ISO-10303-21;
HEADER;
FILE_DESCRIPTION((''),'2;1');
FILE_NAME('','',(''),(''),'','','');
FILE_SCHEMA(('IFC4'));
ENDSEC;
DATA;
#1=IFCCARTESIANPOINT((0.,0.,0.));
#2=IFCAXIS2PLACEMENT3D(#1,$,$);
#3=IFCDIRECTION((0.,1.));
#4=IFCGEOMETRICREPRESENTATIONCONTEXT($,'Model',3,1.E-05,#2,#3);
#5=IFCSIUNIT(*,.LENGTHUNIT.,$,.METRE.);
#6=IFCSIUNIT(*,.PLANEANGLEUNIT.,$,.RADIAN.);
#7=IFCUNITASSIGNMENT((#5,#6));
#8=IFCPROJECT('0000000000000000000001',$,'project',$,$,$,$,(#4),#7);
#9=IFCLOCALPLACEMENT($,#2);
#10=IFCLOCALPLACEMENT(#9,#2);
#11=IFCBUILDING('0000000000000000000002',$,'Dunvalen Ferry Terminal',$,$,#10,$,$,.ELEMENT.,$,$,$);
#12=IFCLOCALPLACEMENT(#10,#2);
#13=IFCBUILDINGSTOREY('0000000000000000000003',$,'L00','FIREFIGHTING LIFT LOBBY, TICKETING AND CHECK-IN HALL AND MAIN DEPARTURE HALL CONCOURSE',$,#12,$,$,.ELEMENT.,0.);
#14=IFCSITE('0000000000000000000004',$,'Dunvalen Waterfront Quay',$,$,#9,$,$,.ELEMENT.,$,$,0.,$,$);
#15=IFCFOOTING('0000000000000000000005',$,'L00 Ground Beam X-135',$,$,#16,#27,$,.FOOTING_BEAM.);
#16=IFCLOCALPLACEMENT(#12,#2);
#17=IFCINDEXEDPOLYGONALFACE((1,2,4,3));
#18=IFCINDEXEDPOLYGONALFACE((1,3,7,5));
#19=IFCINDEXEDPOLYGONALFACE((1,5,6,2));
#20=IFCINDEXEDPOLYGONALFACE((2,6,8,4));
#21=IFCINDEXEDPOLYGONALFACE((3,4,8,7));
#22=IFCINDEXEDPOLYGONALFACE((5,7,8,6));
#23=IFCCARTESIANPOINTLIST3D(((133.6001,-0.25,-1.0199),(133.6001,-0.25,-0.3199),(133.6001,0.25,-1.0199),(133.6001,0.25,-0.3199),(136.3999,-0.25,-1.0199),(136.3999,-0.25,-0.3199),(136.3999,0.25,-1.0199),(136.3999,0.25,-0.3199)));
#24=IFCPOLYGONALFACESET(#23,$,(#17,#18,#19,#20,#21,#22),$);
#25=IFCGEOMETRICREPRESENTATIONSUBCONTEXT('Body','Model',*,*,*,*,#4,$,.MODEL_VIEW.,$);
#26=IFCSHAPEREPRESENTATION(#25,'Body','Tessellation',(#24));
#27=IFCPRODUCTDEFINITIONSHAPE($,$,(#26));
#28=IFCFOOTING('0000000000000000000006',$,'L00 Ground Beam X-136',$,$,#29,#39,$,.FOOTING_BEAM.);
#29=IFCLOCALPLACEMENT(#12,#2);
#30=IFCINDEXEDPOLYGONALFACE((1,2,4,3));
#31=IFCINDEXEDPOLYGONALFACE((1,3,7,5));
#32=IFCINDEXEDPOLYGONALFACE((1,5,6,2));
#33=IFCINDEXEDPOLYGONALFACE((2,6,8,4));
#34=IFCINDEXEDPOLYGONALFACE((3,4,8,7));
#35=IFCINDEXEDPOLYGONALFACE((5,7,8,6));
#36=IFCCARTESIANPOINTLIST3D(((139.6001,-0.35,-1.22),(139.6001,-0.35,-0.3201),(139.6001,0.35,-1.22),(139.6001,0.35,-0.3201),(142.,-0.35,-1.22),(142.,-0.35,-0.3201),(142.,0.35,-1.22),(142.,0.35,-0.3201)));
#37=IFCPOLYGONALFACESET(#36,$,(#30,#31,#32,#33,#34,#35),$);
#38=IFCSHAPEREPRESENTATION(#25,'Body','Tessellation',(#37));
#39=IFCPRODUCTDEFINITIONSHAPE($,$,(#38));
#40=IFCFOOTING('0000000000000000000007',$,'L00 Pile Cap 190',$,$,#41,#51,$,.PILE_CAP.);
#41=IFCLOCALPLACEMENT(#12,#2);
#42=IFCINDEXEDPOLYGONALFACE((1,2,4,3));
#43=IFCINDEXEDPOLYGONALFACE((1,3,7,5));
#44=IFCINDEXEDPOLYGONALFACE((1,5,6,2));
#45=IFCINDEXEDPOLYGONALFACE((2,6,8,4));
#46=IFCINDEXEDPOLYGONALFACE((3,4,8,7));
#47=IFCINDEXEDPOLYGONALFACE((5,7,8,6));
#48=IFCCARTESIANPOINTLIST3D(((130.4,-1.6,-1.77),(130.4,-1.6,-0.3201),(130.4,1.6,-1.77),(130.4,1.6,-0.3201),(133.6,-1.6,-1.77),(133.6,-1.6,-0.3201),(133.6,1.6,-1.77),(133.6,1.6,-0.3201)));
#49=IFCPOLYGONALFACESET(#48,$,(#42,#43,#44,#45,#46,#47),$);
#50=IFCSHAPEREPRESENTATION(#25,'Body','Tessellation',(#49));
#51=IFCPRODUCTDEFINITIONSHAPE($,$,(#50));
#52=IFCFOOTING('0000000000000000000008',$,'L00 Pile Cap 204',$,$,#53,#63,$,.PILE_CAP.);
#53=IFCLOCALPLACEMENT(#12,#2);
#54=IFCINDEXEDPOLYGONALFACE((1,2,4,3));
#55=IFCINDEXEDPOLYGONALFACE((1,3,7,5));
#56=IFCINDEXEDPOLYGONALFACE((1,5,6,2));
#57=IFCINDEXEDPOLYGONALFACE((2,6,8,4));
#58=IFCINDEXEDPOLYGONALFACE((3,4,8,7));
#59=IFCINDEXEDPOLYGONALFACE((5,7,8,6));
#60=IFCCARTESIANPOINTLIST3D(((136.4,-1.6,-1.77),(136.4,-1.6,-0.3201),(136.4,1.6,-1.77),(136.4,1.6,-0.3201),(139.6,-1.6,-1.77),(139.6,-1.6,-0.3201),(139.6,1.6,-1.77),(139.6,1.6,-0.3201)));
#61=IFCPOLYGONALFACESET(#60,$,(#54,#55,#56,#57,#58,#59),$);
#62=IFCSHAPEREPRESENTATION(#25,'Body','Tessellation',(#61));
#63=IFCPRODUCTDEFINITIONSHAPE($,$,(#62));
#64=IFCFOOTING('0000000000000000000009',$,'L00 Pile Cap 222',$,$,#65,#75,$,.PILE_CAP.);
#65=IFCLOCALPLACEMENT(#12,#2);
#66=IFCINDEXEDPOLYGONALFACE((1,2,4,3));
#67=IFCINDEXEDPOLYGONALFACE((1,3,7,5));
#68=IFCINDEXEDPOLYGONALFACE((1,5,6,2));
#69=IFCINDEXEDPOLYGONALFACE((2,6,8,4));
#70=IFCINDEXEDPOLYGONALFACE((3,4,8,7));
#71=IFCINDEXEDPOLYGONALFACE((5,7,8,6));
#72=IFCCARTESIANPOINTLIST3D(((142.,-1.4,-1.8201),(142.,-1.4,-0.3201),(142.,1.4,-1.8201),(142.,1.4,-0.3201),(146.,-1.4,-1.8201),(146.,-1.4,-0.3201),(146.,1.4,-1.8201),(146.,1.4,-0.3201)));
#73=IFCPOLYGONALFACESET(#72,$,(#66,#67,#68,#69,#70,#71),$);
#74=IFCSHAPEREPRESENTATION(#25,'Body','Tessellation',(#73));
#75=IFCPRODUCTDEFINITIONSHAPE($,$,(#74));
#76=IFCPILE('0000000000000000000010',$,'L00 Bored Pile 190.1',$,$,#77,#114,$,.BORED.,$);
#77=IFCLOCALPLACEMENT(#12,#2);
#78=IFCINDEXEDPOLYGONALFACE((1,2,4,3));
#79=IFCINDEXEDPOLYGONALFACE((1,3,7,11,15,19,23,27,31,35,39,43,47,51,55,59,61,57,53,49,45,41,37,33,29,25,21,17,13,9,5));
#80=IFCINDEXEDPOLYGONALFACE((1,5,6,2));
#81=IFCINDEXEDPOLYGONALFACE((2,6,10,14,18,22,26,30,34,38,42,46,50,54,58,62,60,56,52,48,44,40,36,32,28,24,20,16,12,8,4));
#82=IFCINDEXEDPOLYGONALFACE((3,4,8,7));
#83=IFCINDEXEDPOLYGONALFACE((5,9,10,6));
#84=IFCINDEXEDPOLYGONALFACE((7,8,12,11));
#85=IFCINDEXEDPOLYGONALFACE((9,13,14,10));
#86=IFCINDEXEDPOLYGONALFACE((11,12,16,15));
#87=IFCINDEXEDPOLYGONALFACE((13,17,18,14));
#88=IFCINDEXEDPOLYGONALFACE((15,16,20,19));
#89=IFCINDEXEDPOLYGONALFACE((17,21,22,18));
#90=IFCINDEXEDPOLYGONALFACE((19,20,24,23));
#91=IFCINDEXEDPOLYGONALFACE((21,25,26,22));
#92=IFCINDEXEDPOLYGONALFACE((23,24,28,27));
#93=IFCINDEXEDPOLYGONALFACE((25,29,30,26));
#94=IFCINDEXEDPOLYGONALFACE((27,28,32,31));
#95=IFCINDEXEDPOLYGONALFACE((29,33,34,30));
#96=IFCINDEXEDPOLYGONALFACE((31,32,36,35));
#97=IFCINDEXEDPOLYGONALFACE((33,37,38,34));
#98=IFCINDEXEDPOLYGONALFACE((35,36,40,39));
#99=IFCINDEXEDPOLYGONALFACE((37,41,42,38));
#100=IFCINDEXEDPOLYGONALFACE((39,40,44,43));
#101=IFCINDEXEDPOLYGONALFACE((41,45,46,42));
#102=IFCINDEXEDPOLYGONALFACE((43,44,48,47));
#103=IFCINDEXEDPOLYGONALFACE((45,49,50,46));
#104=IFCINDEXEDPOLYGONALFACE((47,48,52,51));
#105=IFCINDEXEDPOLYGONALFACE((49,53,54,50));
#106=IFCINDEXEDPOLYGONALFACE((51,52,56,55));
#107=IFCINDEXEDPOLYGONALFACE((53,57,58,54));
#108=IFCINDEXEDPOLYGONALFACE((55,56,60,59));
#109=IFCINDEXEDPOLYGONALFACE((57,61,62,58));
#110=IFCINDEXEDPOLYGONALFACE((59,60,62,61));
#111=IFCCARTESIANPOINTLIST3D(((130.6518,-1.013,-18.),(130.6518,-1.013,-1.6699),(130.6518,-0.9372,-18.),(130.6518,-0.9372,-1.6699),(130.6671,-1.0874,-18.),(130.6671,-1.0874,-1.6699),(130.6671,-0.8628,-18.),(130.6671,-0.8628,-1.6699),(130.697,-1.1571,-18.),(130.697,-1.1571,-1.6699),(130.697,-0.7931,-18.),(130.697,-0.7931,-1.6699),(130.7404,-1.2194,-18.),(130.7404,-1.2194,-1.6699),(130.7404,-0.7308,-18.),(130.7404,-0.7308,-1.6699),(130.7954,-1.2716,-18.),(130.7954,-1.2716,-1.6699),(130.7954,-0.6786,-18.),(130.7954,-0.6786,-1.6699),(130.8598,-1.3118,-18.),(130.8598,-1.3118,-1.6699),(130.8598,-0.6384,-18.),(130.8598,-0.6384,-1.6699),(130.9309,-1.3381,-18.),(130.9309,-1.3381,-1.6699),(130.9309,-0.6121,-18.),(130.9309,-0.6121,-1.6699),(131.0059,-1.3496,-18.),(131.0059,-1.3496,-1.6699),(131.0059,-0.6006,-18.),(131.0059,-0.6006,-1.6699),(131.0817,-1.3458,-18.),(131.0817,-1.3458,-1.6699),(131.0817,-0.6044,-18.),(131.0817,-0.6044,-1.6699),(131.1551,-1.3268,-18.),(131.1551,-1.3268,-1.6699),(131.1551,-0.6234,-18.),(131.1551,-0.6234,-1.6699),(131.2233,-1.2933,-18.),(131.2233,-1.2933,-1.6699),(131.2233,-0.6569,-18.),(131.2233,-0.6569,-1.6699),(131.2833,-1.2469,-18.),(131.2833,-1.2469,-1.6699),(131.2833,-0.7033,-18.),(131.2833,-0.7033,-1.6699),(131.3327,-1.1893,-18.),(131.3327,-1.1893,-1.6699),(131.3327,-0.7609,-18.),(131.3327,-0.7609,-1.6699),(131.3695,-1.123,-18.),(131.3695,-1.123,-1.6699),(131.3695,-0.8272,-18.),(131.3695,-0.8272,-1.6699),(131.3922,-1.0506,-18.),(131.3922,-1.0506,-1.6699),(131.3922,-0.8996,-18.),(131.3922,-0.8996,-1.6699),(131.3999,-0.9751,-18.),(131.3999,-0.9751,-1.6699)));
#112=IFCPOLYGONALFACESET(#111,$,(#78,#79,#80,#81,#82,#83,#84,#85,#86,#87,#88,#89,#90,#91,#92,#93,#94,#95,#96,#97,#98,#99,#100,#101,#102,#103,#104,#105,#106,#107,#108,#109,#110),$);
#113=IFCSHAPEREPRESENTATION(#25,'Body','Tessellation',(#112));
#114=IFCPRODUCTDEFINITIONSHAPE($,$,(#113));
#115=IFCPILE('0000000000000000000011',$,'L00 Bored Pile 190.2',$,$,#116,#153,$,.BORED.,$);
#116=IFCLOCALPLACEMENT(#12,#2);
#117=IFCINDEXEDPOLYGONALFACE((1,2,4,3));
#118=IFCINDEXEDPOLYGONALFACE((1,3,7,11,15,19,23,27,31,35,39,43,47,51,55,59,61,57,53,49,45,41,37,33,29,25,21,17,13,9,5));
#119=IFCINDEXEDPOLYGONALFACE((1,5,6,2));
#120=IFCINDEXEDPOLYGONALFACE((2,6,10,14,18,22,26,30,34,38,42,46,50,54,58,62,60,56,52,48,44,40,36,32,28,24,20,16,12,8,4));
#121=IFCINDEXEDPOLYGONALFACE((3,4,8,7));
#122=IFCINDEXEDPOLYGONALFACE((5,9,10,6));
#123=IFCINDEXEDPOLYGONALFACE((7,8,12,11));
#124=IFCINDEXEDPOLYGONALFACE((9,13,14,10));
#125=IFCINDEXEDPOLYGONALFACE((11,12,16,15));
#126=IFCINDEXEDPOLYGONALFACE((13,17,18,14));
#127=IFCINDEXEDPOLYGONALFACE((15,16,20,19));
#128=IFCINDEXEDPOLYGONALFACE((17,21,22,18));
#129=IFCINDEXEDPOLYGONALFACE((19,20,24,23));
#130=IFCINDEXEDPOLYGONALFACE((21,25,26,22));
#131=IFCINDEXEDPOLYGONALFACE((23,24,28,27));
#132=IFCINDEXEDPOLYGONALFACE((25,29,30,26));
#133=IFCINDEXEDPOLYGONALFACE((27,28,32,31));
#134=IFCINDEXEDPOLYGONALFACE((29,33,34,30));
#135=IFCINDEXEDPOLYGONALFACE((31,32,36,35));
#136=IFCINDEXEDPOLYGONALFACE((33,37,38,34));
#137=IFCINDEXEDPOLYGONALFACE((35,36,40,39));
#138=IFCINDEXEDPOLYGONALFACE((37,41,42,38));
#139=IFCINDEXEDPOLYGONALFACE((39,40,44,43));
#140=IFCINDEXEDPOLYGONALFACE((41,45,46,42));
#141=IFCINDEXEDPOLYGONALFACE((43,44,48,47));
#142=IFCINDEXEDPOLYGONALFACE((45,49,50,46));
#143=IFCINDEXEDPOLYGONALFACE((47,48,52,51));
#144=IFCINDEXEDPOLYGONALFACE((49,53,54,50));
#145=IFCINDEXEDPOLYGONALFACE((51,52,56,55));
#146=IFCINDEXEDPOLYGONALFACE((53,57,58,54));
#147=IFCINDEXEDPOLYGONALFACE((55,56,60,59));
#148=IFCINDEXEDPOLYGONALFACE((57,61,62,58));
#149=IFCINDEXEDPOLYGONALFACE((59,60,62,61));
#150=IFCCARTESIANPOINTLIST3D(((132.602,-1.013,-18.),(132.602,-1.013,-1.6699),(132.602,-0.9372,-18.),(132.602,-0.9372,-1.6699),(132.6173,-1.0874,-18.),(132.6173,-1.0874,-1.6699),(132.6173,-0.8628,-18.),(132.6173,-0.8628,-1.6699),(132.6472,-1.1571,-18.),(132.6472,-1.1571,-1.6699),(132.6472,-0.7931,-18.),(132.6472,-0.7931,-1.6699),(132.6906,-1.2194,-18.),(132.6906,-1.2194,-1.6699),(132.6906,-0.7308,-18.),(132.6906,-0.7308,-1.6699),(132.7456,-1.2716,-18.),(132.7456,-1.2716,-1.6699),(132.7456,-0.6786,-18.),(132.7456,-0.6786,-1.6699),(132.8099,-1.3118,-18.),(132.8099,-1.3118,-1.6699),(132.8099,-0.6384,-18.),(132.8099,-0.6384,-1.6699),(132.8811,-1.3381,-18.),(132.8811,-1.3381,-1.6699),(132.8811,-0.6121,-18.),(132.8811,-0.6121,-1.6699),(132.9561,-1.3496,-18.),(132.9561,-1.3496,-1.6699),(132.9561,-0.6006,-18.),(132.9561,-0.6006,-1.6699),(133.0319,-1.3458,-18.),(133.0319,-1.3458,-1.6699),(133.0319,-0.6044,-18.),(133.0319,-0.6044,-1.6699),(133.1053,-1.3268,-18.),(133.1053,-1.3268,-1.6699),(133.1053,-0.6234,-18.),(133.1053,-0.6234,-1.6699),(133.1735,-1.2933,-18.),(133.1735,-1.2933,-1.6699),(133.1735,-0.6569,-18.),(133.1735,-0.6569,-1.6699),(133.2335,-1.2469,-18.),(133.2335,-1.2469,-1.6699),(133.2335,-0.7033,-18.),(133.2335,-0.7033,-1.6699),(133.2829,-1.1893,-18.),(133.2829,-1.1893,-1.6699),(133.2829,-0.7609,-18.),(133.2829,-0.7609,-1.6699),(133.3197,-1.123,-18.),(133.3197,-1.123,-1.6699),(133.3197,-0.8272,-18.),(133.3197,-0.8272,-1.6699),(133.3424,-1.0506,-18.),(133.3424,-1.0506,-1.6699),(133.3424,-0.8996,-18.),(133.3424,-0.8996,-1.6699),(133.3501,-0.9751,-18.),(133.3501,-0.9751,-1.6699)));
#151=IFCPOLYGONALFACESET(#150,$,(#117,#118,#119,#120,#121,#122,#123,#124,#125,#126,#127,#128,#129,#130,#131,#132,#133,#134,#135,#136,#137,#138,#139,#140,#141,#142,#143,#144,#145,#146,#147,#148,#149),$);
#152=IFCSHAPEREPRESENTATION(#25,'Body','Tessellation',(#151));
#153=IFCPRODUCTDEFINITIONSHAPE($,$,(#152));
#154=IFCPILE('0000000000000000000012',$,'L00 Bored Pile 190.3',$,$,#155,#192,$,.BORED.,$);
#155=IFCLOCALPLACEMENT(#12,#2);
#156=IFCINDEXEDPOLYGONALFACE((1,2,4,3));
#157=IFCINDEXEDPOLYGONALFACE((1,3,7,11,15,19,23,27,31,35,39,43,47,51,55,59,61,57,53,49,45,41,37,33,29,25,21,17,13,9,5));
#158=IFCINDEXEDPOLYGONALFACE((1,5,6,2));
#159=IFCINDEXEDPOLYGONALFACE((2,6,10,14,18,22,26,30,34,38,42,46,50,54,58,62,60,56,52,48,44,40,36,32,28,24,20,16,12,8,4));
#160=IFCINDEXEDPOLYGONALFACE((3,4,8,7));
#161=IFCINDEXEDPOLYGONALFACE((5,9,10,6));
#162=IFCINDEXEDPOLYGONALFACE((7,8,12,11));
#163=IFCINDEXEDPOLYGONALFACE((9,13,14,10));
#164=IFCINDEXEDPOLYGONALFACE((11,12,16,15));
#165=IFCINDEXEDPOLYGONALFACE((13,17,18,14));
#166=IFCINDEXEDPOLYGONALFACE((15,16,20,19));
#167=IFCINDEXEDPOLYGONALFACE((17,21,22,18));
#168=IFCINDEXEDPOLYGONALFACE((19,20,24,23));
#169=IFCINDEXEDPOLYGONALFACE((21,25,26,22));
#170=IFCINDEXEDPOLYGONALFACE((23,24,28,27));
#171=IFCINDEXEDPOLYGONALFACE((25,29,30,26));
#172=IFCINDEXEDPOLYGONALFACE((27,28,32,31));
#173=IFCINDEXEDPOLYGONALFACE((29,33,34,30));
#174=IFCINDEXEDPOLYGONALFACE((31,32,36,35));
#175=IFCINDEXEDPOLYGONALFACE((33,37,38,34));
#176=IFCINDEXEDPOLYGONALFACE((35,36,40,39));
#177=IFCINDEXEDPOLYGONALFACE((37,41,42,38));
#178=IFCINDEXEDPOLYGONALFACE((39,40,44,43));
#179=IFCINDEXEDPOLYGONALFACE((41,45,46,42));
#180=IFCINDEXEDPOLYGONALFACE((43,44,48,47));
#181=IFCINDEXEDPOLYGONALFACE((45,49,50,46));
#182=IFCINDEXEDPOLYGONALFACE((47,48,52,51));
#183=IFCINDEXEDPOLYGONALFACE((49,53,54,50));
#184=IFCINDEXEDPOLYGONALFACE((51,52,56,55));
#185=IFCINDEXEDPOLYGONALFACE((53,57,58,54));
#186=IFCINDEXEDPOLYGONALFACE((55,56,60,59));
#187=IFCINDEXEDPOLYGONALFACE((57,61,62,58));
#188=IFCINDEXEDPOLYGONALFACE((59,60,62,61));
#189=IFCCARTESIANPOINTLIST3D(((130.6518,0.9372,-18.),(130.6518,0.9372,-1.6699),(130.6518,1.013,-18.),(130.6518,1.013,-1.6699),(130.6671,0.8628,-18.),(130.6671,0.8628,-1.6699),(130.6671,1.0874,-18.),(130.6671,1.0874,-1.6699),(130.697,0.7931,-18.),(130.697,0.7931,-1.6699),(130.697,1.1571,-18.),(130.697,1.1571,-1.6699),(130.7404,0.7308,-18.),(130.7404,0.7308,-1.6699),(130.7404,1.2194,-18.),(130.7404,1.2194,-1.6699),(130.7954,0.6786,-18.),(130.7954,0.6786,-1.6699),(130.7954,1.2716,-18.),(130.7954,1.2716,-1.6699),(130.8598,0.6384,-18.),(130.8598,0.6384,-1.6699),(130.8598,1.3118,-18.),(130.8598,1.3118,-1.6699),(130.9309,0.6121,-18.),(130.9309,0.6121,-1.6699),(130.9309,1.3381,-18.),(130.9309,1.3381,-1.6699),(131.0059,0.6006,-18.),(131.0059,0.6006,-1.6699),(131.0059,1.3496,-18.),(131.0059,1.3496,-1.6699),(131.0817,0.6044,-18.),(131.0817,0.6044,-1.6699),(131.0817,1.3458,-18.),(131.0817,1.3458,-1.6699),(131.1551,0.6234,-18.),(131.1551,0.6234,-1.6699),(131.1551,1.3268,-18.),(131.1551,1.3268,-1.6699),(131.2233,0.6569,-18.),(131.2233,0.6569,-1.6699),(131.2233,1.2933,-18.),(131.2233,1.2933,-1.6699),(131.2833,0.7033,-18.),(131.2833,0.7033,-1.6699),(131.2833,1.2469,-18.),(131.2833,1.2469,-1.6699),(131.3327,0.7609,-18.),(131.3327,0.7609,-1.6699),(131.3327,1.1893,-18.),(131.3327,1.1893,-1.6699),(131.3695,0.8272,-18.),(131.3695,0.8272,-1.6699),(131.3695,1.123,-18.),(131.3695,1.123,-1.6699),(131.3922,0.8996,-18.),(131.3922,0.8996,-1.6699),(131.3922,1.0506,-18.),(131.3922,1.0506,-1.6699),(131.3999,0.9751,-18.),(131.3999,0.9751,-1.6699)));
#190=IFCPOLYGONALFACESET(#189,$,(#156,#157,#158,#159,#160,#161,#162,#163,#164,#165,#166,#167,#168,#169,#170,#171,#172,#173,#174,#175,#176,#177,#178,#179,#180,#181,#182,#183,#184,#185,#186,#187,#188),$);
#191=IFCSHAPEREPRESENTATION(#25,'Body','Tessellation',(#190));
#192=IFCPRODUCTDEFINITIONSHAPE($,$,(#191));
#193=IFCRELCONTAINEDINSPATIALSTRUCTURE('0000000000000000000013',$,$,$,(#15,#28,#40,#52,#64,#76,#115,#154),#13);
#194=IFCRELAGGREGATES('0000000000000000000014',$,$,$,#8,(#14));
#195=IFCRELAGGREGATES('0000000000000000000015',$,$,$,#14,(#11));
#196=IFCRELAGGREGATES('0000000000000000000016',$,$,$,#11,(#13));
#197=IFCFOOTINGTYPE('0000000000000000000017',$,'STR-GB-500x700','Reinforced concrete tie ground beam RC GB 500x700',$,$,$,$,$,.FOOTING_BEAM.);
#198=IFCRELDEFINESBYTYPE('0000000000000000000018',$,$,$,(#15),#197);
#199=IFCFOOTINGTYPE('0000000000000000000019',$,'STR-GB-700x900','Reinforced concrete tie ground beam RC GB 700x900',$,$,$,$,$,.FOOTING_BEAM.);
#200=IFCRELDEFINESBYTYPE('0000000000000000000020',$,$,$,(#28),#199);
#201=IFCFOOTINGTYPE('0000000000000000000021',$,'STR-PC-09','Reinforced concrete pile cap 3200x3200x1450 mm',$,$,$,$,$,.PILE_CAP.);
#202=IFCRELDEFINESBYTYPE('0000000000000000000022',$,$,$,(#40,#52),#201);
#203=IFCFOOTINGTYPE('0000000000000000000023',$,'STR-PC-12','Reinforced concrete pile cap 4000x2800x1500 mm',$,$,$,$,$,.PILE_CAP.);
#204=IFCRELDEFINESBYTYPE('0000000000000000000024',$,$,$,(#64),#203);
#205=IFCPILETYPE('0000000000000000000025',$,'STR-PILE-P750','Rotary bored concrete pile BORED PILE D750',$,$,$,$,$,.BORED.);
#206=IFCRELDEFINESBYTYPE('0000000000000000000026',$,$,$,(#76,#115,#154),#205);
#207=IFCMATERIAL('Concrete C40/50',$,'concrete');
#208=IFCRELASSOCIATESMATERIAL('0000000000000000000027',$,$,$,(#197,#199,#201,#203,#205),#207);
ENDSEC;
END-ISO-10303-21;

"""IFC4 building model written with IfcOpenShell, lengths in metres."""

from ifc_helpers import new_model, si_unit, direction, frame, origin, origin_2d, place, context, subcontext, project, spatial, rectangle, circle, extrude, material, material_profile, profile_set, type_object, element, save


model = new_model("IFC4")

# Units and contexts
model_context = context("Model", 3, precision=1e-05, world=origin(), true_north=direction((0.0, 1.0)))
body_context = subcontext(model_context, "Body", "Model", "MODEL_VIEW")
ifc_project = project(units=[si_unit("LENGTHUNIT", "METRE"), si_unit("PLANEANGLEUNIT", "RADIAN")], contexts=[model_context])

# Site, building, storey
site_placement = place(None, origin())
site = spatial("IfcSite", under=ifc_project, at=site_placement, Name="Dunvalen Waterfront Quay", CompositionType="ELEMENT", RefElevation=0.0)
building_placement = place(site_placement, origin())
building = spatial("IfcBuilding", under=site, at=building_placement, Name="Dunvalen Ferry Terminal", CompositionType="ELEMENT")
storey_placement = place(building_placement, origin())
storey = spatial("IfcBuildingStorey", under=building, at=storey_placement, Name="L00", Description="FIREFIGHTING LIFT LOBBY, TICKETING AND CHECK-IN HALL AND MAIN DEPARTURE HALL CONCOURSE", CompositionType="ELEMENT", Elevation=0.0)

# Footings
ifc_material_1 = material(Name="Concrete C40/50", Category="concrete")
ifc_material_profile_1 = material_profile(ifc_material_1, rectangle(XDim=0.5, YDim=0.7, at=origin_2d()), Name="Concrete C40/50")
ifc_profile_set_1 = profile_set([ifc_material_profile_1], Name="Concrete C40/50")
footing_type_1 = type_object("IfcFootingType", Name="STR-GB-500x700", Description="Reinforced concrete tie ground beam RC GB 500x700", PredefinedType="FOOTING_BEAM", material=ifc_profile_set_1)
footing_1_placement = place(storey_placement, frame((133.6001, 0.0, -0.6699), z_axis=(1.0, 0.0, 0.0), x_axis=(0.0, 1.0, 0.0)))
element("IfcFooting", 1, at=footing_1_placement, inside=storey, type_object=footing_type_1, Name="L00 Ground Beam X-135", PredefinedType="FOOTING_BEAM", context=body_context, shape_type="SweptSolid", body=[
    extrude(rectangle(XDim=0.5, YDim=0.7, at=origin_2d()), origin(), (0.0, 0.0, 1.0), 2.7998),
])
ifc_material_profile_2 = material_profile(ifc_material_1, rectangle(XDim=0.7, YDim=0.8999, at=origin_2d()), Name="Concrete C40/50")
ifc_profile_set_2 = profile_set([ifc_material_profile_2], Name="Concrete C40/50")
footing_type_2 = type_object("IfcFootingType", Name="STR-GB-700x900", Description="Reinforced concrete tie ground beam RC GB 700x900", PredefinedType="FOOTING_BEAM", material=ifc_profile_set_2)
footing_2_placement = place(storey_placement, frame((139.6001, 0.0, -0.77), z_axis=(1.0, 0.0, 0.0), x_axis=(0.0, 1.0, 0.0)))
element("IfcFooting", 2, at=footing_2_placement, inside=storey, type_object=footing_type_2, Name="L00 Ground Beam X-136", PredefinedType="FOOTING_BEAM", context=body_context, shape_type="SweptSolid", body=[
    extrude(rectangle(XDim=0.7, YDim=0.8999, at=origin_2d()), origin(), (0.0, 0.0, 1.0), 2.3999),
])
footing_type_3 = type_object("IfcFootingType", Name="STR-PC-09", Description="Reinforced concrete pile cap 3200x3200x1450 mm", PredefinedType="PILE_CAP", material=ifc_material_1)
for number, where, z_axis, x_axis, name in (
    (3, (132.0, 0.0, -1.77), (0.0, 0.0, 1.0), (1.0, 0.0, 0.0), "L00 Pile Cap 190"),
    (4, (138.0, 0.0, -1.77), (0.0, 0.0, 1.0), (1.0, 0.0, 0.0), "L00 Pile Cap 204"),
):
    element("IfcFooting", number, at=place(storey_placement, frame(where, z_axis=z_axis, x_axis=x_axis)), inside=storey, type_object=footing_type_3, Name=name, PredefinedType="PILE_CAP", context=body_context, shape_type="SweptSolid", body=[
        extrude(rectangle(XDim=3.2, YDim=3.2, at=origin_2d()), origin(), (0.0, 0.0, 1.0), 1.45),
    ])
footing_type_4 = type_object("IfcFootingType", Name="STR-PC-12", Description="Reinforced concrete pile cap 4000x2800x1500 mm", PredefinedType="PILE_CAP", material=ifc_material_1)
footing_3_placement = place(storey_placement, frame((144.0, 0.0, -1.8201), z_axis=(0.0, 0.0, 1.0), x_axis=(1.0, 0.0, 0.0)))
element("IfcFooting", 5, at=footing_3_placement, inside=storey, type_object=footing_type_4, Name="L00 Pile Cap 222", PredefinedType="PILE_CAP", context=body_context, shape_type="SweptSolid", body=[
    extrude(rectangle(XDim=4.0, YDim=2.8, at=origin_2d()), origin(), (0.0, 0.0, 1.0), 1.5),
])

# Piles
ifc_material_profile_3 = material_profile(ifc_material_1, circle(Radius=0.375, at=origin_2d()), Name="Concrete C40/50")
ifc_profile_set_3 = profile_set([ifc_material_profile_3], Name="Concrete C40/50")
pile_type = type_object("IfcPileType", Name="STR-PILE-P750", Description="Rotary bored concrete pile BORED PILE D750", PredefinedType="BORED", material=ifc_profile_set_3)
for number, where, z_axis, x_axis, name in (
    (6, (131.0249, -0.9751, -1.6699), (0.0, 0.0, -1.0), (1.0, 0.0, 0.0), "L00 Bored Pile 190.1"),
    (7, (132.9751, -0.9751, -1.6699), (0.0, 0.0, -1.0), (1.0, 0.0, 0.0), "L00 Bored Pile 190.2"),
    (8, (131.0249, 0.9751, -1.6699), (0.0, 0.0, -1.0), (1.0, 0.0, 0.0), "L00 Bored Pile 190.3"),
):
    element("IfcPile", number, at=place(storey_placement, frame(where, z_axis=z_axis, x_axis=x_axis)), inside=storey, type_object=pile_type, Name=name, PredefinedType="BORED", context=body_context, shape_type="SweptSolid", body=[
        extrude(circle(Radius=0.375, at=origin_2d()), origin(), (0.0, 0.0, 1.0), 16.3301),
    ])

save(model, "model.ifc")
